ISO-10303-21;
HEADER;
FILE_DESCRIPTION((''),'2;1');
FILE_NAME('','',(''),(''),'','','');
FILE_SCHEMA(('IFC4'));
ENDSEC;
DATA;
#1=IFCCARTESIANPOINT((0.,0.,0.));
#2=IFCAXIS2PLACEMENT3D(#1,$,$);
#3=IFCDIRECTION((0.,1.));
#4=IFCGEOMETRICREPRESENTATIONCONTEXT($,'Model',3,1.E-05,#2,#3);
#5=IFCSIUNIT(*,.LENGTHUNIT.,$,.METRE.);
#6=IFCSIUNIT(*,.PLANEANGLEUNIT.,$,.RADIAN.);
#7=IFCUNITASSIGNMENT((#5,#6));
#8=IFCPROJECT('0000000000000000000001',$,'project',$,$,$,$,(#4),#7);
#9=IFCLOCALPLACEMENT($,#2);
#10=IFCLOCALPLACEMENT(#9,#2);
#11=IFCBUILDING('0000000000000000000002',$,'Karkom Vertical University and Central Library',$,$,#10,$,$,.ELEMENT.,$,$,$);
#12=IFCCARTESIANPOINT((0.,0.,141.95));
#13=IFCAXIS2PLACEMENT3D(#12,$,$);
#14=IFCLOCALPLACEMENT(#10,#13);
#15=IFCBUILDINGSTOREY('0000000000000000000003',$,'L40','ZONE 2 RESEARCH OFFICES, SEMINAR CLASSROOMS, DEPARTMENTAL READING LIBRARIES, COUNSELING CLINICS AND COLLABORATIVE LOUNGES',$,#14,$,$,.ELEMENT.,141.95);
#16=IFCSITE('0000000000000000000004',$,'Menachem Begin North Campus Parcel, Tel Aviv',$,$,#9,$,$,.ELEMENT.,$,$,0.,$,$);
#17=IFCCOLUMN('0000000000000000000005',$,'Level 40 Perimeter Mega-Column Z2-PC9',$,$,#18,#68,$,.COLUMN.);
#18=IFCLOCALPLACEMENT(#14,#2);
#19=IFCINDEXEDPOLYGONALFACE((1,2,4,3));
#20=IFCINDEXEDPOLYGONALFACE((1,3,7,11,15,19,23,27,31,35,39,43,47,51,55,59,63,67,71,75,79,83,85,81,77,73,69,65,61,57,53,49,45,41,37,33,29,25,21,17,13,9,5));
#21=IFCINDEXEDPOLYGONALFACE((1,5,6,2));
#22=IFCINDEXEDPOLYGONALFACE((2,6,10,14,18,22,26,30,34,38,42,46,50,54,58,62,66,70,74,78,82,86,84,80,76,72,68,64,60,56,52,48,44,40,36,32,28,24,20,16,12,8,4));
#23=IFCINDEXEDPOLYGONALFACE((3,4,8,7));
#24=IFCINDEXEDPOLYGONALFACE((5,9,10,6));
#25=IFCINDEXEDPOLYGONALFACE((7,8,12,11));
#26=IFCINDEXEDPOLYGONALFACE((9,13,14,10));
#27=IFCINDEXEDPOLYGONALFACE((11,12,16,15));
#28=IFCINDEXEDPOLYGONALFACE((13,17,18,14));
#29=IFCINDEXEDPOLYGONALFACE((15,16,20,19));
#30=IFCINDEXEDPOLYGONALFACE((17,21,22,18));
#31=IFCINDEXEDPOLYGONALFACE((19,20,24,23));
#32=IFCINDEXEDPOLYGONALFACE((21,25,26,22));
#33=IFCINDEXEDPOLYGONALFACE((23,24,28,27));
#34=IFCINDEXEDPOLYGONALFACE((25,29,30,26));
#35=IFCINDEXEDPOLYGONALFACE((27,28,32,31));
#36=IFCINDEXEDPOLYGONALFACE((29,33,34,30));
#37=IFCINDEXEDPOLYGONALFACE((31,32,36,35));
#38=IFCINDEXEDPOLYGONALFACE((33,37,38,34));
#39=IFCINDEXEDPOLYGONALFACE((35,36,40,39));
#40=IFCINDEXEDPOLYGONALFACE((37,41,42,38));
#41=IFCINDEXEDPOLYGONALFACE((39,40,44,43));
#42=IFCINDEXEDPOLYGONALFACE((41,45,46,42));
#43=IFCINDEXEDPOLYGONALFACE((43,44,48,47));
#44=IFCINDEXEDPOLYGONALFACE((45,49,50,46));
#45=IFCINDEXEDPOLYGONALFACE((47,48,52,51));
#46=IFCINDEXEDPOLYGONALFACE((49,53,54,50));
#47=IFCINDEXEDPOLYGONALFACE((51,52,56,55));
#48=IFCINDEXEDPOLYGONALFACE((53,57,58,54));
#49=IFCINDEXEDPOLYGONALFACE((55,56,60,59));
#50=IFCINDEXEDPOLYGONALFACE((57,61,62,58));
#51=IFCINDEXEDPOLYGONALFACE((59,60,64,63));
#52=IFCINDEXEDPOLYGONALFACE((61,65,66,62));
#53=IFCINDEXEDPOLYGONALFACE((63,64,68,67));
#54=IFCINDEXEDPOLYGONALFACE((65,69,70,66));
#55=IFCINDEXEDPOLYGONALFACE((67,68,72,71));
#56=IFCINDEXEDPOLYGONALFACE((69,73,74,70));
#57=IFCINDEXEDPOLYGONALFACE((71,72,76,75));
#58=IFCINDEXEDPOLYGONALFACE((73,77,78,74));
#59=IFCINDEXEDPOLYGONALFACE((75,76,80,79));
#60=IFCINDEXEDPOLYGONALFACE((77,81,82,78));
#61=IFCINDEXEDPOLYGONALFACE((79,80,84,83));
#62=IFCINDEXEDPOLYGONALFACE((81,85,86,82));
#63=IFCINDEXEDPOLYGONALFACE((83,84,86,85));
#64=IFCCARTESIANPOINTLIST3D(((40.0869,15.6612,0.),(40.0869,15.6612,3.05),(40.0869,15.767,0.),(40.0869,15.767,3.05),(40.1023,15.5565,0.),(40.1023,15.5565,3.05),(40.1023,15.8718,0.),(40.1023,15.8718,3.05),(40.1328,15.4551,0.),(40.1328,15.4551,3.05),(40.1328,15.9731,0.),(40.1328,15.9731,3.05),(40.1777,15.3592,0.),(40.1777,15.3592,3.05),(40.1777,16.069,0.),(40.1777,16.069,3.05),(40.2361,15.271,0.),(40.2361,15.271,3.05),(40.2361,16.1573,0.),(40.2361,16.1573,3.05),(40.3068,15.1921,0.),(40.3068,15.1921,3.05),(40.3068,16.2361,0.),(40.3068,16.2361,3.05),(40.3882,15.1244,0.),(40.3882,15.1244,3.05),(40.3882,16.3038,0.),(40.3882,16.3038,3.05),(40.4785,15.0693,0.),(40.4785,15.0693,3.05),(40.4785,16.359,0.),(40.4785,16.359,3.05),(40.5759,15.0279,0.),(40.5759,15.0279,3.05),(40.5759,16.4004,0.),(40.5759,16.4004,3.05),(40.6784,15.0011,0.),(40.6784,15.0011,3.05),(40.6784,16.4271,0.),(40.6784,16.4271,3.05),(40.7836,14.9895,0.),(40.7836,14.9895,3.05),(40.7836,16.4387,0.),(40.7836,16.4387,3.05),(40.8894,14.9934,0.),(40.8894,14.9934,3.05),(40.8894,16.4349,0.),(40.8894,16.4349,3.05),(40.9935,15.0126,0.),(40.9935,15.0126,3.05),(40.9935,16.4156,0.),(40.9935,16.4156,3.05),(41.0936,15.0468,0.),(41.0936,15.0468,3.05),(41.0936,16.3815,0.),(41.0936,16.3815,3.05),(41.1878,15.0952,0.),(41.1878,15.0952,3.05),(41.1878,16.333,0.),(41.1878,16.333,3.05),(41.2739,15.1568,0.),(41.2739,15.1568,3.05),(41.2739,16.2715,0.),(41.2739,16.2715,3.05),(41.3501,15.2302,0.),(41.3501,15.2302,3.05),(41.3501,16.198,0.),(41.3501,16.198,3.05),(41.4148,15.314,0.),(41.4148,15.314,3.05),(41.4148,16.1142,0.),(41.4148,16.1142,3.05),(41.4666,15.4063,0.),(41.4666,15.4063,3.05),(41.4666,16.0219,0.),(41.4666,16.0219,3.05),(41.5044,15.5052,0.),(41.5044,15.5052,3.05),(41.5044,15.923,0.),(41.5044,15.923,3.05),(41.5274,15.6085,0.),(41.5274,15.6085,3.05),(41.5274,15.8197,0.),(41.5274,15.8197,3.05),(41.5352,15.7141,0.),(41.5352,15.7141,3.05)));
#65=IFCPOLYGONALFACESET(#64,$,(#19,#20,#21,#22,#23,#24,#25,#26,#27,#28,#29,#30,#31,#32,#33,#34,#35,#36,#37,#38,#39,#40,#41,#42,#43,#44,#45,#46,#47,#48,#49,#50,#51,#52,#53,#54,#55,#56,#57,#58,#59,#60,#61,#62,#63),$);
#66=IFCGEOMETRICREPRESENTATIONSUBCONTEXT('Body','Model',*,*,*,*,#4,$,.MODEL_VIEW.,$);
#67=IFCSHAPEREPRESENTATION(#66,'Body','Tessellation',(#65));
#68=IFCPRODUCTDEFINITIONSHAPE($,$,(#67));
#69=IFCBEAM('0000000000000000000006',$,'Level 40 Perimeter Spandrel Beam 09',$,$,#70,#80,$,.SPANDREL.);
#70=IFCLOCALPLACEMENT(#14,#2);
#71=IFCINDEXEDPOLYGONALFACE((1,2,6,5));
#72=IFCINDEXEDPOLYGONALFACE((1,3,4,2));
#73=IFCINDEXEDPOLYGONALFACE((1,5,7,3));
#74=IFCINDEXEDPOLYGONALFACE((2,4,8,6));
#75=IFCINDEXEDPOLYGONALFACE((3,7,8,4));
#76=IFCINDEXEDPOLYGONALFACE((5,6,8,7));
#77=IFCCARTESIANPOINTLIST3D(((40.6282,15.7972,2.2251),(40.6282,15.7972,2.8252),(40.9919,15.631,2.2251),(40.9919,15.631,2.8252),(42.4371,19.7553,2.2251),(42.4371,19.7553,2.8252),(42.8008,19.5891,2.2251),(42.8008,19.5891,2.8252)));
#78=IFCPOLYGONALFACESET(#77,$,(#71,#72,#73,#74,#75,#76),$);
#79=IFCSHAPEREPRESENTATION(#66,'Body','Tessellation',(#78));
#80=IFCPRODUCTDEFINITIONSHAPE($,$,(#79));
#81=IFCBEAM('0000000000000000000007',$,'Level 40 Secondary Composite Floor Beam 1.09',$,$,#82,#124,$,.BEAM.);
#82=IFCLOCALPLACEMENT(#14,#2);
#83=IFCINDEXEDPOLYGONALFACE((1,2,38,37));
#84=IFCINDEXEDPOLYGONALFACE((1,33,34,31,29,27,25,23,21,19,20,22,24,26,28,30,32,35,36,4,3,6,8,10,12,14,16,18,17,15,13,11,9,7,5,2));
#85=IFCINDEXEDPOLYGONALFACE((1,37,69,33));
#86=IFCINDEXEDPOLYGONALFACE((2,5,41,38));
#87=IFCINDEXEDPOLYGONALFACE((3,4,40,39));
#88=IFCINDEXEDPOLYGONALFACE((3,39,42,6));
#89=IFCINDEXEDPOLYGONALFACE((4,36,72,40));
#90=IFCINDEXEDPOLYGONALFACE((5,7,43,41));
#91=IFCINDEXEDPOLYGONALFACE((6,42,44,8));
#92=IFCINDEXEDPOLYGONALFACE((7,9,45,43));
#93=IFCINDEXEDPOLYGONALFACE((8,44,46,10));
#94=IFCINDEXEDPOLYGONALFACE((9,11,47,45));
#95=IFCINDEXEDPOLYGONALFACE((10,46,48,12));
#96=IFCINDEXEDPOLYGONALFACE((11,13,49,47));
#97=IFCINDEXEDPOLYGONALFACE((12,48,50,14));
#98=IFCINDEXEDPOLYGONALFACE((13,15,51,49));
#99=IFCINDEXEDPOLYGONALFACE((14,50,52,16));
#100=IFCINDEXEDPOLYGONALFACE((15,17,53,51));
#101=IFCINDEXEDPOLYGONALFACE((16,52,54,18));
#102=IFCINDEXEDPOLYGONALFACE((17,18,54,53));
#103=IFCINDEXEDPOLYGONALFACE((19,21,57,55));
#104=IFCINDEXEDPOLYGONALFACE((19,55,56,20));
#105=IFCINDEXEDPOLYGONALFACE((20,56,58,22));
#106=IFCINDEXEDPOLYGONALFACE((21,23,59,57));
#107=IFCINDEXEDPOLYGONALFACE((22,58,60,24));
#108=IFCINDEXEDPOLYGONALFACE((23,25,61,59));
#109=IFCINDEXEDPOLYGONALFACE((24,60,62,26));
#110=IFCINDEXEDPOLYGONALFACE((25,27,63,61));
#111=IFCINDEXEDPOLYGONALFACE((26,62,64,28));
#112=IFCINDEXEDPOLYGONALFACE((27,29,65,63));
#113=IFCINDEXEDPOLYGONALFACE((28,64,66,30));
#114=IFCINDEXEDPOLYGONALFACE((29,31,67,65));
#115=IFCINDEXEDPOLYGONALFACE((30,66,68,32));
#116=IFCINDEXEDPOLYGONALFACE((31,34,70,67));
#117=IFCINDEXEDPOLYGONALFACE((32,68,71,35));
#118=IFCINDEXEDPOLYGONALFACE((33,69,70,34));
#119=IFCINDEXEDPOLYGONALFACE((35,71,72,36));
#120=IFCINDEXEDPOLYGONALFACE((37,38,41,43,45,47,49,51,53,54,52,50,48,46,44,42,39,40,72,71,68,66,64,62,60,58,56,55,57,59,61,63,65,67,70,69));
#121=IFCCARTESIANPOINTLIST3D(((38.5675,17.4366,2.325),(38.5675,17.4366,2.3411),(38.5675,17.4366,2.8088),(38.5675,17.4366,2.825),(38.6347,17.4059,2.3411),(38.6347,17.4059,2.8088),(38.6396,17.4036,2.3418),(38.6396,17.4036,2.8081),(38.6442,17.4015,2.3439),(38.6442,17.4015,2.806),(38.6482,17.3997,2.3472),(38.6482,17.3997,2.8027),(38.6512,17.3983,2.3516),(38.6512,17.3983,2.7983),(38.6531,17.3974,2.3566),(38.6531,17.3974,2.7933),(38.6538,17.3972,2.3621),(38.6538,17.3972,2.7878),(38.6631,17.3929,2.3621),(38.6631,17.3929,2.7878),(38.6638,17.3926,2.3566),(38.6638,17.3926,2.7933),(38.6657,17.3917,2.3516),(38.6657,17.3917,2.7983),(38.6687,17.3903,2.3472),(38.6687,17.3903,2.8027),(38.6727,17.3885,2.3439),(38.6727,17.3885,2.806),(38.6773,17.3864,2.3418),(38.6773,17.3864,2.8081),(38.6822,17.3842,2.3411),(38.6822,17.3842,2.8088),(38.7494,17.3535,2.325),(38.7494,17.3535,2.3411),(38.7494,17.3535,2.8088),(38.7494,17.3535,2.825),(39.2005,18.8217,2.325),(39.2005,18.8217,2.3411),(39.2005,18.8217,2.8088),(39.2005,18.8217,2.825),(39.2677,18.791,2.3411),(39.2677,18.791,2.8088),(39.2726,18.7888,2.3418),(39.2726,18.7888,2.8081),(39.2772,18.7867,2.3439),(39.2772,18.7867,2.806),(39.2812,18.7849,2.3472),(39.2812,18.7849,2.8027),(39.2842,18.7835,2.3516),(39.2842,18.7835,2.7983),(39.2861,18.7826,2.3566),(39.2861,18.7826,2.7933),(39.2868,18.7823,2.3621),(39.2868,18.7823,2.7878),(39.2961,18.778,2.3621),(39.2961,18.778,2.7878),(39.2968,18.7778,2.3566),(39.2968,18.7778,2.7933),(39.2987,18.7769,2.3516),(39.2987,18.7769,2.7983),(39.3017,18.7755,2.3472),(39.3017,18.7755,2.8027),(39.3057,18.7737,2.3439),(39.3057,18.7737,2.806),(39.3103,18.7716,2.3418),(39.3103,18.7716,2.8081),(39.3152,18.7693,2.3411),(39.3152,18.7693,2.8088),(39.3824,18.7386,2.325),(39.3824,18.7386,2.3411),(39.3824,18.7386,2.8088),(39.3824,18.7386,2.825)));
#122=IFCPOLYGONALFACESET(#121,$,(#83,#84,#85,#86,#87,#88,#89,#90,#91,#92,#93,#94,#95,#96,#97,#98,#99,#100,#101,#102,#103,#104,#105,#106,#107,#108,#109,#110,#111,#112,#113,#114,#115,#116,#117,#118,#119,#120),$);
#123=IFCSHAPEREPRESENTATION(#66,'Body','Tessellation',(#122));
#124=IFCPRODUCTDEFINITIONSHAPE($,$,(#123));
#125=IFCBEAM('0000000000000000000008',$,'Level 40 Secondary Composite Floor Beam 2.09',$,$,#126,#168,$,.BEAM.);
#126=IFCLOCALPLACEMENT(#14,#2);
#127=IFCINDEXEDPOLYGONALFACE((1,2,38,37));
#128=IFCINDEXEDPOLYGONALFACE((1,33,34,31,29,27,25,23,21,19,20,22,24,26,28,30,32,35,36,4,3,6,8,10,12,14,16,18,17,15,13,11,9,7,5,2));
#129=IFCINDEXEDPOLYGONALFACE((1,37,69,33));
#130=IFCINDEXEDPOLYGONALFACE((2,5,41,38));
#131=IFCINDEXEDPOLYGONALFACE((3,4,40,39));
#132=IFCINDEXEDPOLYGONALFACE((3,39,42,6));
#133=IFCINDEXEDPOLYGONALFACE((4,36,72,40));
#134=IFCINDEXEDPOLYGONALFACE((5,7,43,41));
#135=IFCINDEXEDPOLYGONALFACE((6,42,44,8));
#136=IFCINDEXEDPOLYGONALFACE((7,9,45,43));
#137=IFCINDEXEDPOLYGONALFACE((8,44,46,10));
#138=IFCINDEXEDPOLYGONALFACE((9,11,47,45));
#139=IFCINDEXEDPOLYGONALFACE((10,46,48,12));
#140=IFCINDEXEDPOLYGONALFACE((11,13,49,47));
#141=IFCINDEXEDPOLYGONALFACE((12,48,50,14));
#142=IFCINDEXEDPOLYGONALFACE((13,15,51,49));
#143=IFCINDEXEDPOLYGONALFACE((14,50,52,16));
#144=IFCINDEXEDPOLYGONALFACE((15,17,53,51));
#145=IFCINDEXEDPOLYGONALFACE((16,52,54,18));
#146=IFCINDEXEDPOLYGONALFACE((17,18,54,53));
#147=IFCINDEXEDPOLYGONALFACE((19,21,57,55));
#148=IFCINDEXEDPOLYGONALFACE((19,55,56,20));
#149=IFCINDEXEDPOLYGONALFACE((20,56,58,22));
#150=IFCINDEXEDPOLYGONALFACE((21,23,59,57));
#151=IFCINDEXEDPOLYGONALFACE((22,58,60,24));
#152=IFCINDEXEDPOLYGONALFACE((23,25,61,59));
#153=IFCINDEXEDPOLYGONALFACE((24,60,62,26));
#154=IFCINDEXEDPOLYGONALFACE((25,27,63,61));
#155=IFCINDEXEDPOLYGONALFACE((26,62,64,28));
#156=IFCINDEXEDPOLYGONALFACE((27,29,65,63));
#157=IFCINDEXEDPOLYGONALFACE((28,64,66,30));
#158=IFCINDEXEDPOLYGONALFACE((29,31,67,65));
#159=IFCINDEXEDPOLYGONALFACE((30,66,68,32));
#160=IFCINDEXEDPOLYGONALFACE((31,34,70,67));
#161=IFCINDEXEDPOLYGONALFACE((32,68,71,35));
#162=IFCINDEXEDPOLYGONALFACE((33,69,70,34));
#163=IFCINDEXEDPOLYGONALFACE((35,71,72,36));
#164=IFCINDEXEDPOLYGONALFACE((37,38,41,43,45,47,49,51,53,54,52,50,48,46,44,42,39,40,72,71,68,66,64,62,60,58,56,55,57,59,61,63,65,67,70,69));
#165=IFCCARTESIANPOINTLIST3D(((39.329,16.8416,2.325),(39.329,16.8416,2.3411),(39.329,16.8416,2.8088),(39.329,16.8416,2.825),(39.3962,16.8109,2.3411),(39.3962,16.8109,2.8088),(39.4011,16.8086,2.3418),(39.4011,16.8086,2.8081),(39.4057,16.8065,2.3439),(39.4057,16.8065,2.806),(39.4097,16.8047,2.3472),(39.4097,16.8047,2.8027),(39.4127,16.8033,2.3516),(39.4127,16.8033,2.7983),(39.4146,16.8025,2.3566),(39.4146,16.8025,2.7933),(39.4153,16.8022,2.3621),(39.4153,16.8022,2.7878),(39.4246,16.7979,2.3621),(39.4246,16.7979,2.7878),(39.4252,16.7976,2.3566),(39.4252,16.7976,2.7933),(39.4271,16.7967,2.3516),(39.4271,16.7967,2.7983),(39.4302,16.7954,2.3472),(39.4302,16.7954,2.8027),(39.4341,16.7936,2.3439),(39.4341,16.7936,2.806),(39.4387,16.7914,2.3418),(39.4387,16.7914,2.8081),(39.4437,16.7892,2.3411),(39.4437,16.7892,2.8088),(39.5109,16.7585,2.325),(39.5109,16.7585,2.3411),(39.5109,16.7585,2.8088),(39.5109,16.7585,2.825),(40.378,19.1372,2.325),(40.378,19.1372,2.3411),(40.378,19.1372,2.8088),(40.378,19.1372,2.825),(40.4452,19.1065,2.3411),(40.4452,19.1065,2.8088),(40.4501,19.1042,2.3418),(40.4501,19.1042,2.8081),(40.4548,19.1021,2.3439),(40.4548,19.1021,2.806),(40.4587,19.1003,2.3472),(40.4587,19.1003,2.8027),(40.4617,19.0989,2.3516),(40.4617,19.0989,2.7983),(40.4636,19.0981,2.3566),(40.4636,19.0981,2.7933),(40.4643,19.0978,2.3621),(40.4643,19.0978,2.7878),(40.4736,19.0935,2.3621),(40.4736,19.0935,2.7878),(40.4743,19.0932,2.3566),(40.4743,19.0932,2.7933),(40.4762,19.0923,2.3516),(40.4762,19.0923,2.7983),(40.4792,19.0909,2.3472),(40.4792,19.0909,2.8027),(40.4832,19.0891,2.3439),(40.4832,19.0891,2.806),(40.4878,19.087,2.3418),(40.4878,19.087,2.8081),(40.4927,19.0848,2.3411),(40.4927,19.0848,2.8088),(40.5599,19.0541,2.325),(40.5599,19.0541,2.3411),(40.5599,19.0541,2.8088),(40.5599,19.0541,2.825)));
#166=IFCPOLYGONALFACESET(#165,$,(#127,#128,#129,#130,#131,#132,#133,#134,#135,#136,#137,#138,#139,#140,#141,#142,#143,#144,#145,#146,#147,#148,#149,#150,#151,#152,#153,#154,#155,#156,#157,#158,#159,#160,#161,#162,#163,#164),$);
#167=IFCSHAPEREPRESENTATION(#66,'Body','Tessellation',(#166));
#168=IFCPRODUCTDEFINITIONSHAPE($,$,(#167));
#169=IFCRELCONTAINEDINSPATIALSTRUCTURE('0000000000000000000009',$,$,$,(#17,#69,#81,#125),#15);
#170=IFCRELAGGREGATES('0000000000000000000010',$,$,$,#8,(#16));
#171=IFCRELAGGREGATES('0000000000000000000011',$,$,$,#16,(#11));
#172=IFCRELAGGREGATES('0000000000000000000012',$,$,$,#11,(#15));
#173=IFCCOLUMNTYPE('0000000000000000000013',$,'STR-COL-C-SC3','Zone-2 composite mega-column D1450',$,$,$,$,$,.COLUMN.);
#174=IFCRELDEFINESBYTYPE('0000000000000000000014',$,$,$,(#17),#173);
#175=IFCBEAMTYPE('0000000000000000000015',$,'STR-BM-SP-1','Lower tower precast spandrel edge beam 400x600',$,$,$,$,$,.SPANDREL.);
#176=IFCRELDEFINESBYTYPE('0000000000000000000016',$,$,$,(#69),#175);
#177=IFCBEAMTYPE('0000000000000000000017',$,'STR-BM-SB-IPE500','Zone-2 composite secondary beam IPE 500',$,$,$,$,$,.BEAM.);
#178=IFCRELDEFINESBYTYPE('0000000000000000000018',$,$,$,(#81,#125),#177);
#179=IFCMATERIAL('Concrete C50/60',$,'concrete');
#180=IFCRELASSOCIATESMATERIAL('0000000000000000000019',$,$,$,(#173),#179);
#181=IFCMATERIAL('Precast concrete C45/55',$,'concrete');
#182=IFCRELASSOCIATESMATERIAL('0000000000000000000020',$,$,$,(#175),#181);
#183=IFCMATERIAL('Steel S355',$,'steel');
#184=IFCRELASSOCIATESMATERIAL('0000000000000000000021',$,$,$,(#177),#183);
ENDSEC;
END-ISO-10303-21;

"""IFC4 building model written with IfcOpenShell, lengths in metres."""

from ifc_helpers import new_model, si_unit, direction, frame, origin, origin_with_axes, origin_2d, place, context, subcontext, project, spatial, rectangle, circle, i_section, extrude, source, transform, mapped, material, material_profile, profile_set, type_object, element, save


model = new_model("IFC4")

# Units and contexts
model_context = context("Model", 3, precision=1e-05, world=origin(), true_north=direction((0.0, 1.0)))
body_context = subcontext(model_context, "Body", "Model", "MODEL_VIEW")
ifc_project = project(units=[si_unit("LENGTHUNIT", "METRE"), si_unit("PLANEANGLEUNIT", "RADIAN")], contexts=[model_context])

# Site, building, storey
site_placement = place(None, origin())
site = spatial("IfcSite", under=ifc_project, at=site_placement, Name="Menachem Begin North Campus Parcel, Tel Aviv", CompositionType="ELEMENT", RefElevation=0.0)
building_placement = place(site_placement, origin())
building = spatial("IfcBuilding", under=site, at=building_placement, Name="Karkom Vertical University and Central Library", CompositionType="ELEMENT")
storey_placement = place(building_placement, frame((0.0, 0.0, 141.95)))
storey = spatial("IfcBuildingStorey", under=building, at=storey_placement, Name="L40", Description="ZONE 2 RESEARCH OFFICES, SEMINAR CLASSROOMS, DEPARTMENTAL READING LIBRARIES, COUNSELING CLINICS AND COLLABORATIVE LOUNGES", CompositionType="ELEMENT", Elevation=141.95)

# Column
ifc_material_1 = material(Name="Concrete C50/60", Category="concrete")
ifc_material_profile_1 = material_profile(ifc_material_1, circle(Radius=0.7251, at=origin_2d()), Name="CFT-D1450")
ifc_profile_set_1 = profile_set([ifc_material_profile_1], Name="Concrete C50/60")
column_type = type_object("IfcColumnType", Name="STR-COL-C-SC3", Description="Zone-2 composite mega-column D1450", PredefinedType="COLUMN", material=ifc_profile_set_1)
shared_shape_1 = source(origin_with_axes(), body_context, "Body", "SweptSolid", [
    extrude(circle(Radius=0.7251, at=origin_2d()), origin(), (0.0, 0.0, 1.0), 3.05),
])
column_placement = place(storey_placement, frame((40.8101, 15.7141, 0.0), z_axis=(0.0, 0.0, 1.0), x_axis=(1.0, 0.0, 0.0)))
element("IfcColumn", 1, at=column_placement, inside=storey, type_object=column_type, Name="Level 40 Perimeter Mega-Column Z2-PC9", PredefinedType="COLUMN", context=body_context, shape_type="MappedRepresentation", body=[
    mapped(shared_shape_1, transform((0.0, 0.0, 0.0), scale=1.0)),
])

# Beams
ifc_material_2 = material(Name="Precast concrete C45/55", Category="concrete")
ifc_material_profile_2 = material_profile(ifc_material_2, rectangle(XDim=0.3999, YDim=0.6001, at=origin_2d()), Name="SPB-400x600")
ifc_profile_set_2 = profile_set([ifc_material_profile_2], Name="Precast concrete C45/55")
beam_type_1 = type_object("IfcBeamType", Name="STR-BM-SP-1", Description="Lower tower precast spandrel edge beam 400x600", PredefinedType="SPANDREL", material=ifc_profile_set_2)
shared_shape_2 = source(origin_with_axes(), body_context, "Body", "SweptSolid", [
    extrude(rectangle(XDim=0.3999, YDim=0.6001, at=origin_2d()), origin(), (0.0, 0.0, 1.0), 4.3518),
])
beam_1_placement = place(storey_placement, frame((40.8101, 15.7141, 2.5251), z_axis=(0.415658, 0.909521, 0.0), x_axis=(-0.909521, 0.415658, 0.0)))
element("IfcBeam", 2, at=beam_1_placement, inside=storey, type_object=beam_type_1, Name="Level 40 Perimeter Spandrel Beam 09", PredefinedType="SPANDREL", context=body_context, shape_type="MappedRepresentation", body=[
    mapped(shared_shape_2, transform((0.0, 0.0, 0.0), scale=1.0)),
])
ifc_material_3 = material(Name="Steel S355", Category="steel")
ifc_material_profile_3 = material_profile(ifc_material_3, i_section(OverallWidth=0.2, OverallDepth=0.5, WebThickness=0.0103, FlangeThickness=0.0161, FilletRadius=0.021, at=origin_2d()), Name="IPE 500")
ifc_profile_set_3 = profile_set([ifc_material_profile_3], Name="Steel S355")
beam_type_2 = type_object("IfcBeamType", Name="STR-BM-SB-IPE500", Description="Zone-2 composite secondary beam IPE 500", PredefinedType="BEAM", material=ifc_profile_set_3)
shared_shape_3 = source(origin_with_axes(), body_context, "Body", "SweptSolid", [
    extrude(i_section(OverallWidth=0.2, OverallDepth=0.5, WebThickness=0.0103, FlangeThickness=0.0161, FilletRadius=0.021, at=origin_2d()), origin(), (0.0, 0.0, 1.0), 1.5229),
])
beam_2_placement = place(storey_placement, frame((38.6584, 17.395, 2.575), z_axis=(0.41565, 0.909525, 0.0), x_axis=(-0.909525, 0.41565, 0.0)))
element("IfcBeam", 3, at=beam_2_placement, inside=storey, type_object=beam_type_2, Name="Level 40 Secondary Composite Floor Beam 1.09", PredefinedType="BEAM", context=body_context, shape_type="MappedRepresentation", body=[
    mapped(shared_shape_3, transform((0.0, 0.0, 0.0), scale=1.0)),
])
shared_shape_4 = source(origin_with_axes(), body_context, "Body", "SweptSolid", [
    extrude(i_section(OverallWidth=0.2, OverallDepth=0.5, WebThickness=0.0103, FlangeThickness=0.0161, FilletRadius=0.021, at=origin_2d()), origin(), (0.0, 0.0, 1.0), 2.5239),
])
beam_3_placement = place(storey_placement, frame((39.4199, 16.8, 2.575), z_axis=(0.415639, 0.90953, 0.0), x_axis=(-0.90953, 0.415639, 0.0)))
element("IfcBeam", 4, at=beam_3_placement, inside=storey, type_object=beam_type_2, Name="Level 40 Secondary Composite Floor Beam 2.09", PredefinedType="BEAM", context=body_context, shape_type="MappedRepresentation", body=[
    mapped(shared_shape_4, transform((0.0, 0.0, 0.0), scale=1.0)),
])

save(model, "model.ifc")
